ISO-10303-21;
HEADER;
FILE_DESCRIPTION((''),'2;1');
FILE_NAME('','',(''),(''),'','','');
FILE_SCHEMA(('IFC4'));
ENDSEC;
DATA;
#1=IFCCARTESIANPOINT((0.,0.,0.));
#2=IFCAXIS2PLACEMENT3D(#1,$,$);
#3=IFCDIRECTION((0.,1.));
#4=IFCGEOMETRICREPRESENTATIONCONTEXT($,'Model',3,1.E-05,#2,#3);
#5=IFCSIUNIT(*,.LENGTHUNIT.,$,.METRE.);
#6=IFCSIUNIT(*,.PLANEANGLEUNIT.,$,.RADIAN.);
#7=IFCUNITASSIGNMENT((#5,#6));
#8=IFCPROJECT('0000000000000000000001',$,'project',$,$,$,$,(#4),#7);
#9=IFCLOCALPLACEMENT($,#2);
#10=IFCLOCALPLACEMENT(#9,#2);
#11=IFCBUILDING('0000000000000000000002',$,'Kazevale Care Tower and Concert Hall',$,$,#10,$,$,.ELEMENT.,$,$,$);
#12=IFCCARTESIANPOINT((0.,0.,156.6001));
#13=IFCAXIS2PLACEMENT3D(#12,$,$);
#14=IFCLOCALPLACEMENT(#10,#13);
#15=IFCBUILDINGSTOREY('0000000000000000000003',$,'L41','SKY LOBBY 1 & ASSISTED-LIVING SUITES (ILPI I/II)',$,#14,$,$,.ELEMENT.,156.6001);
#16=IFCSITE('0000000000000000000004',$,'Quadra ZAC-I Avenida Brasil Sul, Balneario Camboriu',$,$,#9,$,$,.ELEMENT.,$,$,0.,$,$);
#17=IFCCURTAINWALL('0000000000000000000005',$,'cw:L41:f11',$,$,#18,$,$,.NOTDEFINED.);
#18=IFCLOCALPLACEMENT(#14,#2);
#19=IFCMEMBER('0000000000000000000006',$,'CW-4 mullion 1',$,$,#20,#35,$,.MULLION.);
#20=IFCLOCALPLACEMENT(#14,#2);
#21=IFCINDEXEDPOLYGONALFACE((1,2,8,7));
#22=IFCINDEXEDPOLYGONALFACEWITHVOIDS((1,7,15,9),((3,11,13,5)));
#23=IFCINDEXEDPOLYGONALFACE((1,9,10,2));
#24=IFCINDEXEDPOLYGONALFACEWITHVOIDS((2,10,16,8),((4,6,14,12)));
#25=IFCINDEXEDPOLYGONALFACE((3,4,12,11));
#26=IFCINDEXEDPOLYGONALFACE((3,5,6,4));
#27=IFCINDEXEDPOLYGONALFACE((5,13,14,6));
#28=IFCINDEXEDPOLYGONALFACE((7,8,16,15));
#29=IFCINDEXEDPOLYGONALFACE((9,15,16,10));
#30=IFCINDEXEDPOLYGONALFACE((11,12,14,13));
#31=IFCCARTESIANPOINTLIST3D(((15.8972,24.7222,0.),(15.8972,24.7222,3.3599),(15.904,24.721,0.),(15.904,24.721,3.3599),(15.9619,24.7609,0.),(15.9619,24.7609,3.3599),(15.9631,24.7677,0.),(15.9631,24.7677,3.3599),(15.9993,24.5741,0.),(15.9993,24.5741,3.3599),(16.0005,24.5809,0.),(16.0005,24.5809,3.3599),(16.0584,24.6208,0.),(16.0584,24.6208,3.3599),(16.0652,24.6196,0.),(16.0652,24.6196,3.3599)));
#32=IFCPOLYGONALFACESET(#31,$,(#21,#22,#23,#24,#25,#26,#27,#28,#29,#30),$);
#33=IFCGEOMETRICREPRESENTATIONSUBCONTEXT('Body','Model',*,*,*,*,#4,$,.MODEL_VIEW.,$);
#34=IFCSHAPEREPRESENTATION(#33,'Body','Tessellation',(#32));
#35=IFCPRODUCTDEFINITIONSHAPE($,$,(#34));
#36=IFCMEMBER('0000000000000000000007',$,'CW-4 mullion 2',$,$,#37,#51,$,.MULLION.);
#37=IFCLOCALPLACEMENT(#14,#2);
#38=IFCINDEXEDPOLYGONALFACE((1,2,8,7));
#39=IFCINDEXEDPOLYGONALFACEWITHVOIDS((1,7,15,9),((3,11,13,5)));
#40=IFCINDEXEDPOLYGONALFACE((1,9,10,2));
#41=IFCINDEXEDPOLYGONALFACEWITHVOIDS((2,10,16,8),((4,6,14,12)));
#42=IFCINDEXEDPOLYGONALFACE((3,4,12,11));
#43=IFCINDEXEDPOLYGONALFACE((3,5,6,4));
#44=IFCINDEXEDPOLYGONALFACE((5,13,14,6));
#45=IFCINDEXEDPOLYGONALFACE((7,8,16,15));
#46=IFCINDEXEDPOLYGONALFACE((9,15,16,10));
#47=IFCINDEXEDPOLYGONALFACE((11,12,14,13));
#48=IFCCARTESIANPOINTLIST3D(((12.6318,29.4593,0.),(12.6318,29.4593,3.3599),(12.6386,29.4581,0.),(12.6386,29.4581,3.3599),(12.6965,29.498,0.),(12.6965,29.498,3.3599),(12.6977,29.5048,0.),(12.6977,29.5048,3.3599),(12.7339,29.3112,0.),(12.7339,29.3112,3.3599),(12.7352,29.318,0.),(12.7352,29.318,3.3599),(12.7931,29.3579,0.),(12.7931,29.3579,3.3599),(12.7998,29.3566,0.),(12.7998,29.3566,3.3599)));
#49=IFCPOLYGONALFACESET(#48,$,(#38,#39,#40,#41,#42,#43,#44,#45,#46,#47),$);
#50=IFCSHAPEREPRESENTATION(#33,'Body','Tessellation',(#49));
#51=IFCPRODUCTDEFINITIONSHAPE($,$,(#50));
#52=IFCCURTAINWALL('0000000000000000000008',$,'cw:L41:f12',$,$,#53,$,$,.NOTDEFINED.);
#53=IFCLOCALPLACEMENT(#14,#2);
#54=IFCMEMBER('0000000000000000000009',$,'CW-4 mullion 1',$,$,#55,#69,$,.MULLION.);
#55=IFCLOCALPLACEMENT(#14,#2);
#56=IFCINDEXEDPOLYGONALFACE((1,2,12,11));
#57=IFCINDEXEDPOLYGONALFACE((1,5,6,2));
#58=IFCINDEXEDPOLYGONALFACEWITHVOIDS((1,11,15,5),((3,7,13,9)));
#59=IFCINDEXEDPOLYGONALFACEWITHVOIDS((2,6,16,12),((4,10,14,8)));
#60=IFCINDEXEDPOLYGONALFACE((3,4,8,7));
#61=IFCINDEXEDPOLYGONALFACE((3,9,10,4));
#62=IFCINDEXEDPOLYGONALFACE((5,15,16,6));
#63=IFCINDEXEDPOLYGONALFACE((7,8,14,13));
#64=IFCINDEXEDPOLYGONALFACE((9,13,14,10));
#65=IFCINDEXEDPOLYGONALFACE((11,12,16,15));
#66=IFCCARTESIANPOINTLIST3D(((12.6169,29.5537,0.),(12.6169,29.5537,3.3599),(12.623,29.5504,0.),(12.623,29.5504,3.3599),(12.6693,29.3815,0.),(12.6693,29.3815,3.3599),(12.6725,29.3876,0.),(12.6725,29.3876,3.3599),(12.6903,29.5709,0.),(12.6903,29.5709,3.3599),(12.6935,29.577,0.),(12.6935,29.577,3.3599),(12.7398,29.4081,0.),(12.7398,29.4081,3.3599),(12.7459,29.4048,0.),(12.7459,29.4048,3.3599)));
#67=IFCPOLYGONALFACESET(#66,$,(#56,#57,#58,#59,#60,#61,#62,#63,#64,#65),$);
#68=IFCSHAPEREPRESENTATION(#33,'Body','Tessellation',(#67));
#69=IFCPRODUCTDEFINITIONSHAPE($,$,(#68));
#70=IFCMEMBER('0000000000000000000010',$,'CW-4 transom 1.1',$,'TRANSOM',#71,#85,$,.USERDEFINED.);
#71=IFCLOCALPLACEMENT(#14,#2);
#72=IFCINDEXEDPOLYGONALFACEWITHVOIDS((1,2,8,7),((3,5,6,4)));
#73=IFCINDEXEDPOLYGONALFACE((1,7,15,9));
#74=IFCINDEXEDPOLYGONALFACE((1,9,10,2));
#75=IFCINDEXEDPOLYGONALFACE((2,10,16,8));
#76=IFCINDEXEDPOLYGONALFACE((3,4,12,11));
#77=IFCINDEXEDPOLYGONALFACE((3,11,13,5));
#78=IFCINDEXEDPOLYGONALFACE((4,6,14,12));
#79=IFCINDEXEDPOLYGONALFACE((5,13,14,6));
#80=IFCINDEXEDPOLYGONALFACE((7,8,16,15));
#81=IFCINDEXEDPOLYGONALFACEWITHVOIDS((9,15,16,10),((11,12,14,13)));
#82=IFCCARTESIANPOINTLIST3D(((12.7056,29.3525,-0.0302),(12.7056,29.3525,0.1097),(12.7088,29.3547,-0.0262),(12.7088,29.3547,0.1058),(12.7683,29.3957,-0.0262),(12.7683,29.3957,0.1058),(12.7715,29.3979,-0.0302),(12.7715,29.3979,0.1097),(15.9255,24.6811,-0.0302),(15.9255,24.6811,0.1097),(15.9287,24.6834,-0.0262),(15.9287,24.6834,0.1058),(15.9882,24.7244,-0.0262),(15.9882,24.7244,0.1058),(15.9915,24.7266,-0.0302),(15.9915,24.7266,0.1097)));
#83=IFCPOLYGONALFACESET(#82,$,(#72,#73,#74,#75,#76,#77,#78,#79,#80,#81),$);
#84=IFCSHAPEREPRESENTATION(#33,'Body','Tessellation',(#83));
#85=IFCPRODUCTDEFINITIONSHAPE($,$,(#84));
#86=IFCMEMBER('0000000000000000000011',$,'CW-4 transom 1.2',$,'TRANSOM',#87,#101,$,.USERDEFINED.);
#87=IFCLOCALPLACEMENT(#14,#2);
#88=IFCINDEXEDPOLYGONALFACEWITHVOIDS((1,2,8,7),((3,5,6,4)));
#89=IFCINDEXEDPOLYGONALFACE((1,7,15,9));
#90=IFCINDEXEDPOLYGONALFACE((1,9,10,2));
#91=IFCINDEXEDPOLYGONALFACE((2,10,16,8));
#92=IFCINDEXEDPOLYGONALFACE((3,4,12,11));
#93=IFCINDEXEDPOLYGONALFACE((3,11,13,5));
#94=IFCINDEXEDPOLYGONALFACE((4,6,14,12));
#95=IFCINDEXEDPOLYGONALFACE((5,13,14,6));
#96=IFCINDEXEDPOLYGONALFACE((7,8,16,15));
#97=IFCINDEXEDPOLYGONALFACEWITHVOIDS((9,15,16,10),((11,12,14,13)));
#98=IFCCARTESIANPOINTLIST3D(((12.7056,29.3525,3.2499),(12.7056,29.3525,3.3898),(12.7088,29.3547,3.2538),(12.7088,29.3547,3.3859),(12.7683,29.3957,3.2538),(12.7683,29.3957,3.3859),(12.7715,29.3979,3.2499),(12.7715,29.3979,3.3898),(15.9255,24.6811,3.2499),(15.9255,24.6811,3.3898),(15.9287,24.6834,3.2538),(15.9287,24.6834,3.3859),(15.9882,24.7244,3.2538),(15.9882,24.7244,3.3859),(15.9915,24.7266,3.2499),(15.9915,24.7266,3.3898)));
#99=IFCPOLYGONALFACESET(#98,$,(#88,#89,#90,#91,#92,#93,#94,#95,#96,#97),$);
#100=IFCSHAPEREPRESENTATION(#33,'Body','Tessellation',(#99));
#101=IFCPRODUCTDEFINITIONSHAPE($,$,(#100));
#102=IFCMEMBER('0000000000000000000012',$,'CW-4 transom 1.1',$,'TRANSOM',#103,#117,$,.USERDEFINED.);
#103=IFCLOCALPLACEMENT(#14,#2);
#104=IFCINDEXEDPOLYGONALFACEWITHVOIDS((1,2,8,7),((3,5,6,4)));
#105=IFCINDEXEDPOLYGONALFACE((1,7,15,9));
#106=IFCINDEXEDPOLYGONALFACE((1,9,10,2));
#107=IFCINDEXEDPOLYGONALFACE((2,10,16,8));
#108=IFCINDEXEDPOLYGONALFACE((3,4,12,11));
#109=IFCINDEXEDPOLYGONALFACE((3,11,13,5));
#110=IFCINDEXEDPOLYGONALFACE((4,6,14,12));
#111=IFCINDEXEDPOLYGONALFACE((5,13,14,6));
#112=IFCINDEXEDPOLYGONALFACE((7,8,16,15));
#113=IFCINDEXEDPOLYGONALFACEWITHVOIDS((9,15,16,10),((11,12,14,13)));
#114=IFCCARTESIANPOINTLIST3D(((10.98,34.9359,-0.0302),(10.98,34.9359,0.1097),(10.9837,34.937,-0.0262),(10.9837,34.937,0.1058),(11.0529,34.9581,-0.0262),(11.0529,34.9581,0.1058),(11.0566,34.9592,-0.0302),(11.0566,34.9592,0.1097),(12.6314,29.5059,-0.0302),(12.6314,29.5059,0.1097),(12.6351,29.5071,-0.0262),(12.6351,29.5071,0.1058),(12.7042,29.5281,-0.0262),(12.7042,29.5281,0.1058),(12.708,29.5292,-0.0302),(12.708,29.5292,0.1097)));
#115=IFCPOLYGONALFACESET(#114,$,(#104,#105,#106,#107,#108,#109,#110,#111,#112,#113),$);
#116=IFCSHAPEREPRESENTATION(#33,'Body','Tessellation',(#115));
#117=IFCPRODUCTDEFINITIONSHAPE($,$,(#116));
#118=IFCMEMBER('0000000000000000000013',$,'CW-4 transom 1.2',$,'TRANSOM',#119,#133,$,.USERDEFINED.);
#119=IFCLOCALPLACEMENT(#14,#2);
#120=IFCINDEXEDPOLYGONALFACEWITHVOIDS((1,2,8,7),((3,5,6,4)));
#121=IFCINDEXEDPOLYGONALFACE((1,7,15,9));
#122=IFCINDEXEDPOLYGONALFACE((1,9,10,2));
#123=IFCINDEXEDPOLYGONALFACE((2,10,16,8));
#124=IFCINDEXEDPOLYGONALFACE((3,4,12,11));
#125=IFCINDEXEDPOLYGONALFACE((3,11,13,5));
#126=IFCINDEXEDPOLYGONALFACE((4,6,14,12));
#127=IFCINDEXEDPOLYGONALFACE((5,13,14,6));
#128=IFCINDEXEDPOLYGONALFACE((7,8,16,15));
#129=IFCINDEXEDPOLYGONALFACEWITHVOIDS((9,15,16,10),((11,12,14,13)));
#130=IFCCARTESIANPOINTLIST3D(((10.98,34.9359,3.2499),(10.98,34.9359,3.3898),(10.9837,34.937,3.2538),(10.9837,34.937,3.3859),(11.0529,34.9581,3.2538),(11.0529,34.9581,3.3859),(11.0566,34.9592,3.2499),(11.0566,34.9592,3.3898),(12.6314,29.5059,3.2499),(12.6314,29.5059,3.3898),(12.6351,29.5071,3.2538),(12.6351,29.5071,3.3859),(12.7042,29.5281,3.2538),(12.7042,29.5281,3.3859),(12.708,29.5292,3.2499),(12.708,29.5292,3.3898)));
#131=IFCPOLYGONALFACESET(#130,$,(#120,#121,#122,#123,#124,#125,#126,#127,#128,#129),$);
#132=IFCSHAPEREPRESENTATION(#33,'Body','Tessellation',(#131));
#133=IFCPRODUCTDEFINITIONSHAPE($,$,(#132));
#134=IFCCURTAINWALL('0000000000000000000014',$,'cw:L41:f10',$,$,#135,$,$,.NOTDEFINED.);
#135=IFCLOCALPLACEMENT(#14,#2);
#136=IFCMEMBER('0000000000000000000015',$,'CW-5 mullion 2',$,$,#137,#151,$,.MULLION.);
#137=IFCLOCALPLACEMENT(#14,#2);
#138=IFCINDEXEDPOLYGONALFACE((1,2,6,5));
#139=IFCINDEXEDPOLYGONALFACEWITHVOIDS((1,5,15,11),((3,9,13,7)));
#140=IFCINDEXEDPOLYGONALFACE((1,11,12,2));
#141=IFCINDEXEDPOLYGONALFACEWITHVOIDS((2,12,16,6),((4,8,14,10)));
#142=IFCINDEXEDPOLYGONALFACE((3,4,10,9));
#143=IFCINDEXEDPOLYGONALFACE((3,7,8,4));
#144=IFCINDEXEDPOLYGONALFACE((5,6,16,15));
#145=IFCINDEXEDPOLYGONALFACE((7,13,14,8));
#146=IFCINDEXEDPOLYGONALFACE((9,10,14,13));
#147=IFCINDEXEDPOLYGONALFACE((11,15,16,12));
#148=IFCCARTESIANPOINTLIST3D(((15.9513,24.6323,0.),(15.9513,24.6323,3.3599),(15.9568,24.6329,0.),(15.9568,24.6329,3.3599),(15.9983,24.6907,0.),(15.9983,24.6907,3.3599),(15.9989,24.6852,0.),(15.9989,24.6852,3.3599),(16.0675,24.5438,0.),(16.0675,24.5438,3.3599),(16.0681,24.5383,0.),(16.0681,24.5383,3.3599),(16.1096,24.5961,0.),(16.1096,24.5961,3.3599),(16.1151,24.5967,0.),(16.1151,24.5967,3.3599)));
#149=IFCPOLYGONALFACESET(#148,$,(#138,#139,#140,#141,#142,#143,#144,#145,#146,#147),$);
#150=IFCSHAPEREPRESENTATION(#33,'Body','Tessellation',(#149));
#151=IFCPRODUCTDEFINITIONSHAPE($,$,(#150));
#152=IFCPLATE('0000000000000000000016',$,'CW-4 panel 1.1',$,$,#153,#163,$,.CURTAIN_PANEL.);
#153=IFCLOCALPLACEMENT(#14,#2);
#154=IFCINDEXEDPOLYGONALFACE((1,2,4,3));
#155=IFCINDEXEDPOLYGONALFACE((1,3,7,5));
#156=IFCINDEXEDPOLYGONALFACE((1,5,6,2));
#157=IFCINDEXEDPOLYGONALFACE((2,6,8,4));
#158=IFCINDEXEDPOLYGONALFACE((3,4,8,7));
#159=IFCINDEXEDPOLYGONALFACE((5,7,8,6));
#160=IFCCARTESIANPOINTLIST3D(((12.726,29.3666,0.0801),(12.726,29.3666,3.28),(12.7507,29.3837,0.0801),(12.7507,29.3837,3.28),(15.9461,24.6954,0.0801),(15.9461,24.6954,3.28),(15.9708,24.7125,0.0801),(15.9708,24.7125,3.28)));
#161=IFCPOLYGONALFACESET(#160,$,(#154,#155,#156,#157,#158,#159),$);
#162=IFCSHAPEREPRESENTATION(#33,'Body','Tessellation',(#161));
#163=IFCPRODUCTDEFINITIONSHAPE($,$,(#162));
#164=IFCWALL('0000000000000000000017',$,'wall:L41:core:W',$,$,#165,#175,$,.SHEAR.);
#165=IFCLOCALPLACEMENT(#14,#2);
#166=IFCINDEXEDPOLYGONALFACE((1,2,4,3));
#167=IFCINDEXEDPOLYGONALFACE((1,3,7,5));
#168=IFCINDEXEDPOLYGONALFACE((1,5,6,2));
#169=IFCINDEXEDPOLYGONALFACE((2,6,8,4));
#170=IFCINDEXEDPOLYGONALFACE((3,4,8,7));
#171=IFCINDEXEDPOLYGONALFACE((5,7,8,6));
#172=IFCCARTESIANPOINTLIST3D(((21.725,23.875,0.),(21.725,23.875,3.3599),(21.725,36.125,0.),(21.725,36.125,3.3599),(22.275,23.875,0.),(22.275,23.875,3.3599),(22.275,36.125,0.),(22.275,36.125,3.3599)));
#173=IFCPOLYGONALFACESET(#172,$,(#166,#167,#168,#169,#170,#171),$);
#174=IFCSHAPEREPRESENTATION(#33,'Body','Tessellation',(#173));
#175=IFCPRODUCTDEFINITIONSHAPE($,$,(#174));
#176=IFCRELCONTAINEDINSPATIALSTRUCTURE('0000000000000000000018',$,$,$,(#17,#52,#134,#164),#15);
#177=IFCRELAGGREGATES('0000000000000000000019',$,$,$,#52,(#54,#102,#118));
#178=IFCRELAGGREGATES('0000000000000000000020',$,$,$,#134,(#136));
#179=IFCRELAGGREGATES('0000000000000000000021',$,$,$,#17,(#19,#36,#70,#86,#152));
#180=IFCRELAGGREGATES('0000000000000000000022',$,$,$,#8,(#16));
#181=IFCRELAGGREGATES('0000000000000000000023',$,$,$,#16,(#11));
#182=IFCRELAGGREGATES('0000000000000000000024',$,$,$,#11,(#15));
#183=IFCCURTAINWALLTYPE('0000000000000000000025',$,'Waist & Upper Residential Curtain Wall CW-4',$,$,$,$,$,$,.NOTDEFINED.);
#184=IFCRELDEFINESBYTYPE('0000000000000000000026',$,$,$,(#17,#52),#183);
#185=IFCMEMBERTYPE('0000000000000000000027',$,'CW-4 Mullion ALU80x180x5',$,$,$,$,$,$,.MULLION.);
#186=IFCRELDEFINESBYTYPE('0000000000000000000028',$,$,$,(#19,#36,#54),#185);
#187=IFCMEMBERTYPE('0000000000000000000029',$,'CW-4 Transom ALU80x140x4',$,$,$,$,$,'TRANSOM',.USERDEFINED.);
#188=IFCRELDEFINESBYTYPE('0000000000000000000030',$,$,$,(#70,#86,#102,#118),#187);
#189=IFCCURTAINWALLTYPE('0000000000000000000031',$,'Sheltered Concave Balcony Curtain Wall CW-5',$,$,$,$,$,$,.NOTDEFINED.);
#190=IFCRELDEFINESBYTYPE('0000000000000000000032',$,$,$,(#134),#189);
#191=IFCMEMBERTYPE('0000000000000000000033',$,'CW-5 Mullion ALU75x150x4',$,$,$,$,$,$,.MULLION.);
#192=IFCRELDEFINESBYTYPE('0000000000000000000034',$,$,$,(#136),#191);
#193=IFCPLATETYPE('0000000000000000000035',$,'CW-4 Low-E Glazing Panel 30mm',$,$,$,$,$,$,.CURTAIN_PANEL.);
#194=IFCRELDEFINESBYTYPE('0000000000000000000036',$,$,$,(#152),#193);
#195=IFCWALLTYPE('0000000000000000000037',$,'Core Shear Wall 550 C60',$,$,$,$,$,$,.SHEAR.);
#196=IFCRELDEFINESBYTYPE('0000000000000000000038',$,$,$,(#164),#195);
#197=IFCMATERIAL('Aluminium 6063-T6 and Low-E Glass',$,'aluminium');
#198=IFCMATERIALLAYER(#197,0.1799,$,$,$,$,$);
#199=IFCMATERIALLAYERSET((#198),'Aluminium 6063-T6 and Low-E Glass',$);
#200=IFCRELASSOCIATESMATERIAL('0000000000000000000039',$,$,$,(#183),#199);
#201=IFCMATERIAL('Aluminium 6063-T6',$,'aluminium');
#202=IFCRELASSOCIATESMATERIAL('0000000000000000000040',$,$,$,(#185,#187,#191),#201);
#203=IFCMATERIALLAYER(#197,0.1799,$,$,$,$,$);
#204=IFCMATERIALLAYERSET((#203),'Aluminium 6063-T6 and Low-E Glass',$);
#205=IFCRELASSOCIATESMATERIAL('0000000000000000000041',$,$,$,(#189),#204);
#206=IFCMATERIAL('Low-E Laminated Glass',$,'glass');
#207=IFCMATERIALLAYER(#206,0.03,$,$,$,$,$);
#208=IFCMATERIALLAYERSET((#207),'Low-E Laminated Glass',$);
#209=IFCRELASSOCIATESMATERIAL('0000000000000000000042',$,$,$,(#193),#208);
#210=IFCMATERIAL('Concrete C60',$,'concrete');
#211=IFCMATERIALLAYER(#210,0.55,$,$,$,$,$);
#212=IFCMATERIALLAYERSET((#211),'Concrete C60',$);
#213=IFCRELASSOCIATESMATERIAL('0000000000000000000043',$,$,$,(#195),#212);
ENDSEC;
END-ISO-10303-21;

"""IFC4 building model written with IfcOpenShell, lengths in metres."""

from ifc_helpers import new_model, si_unit, direction, frame, frame_2d, origin, origin_2d, place, context, subcontext, project, spatial, rectangle, hollow_rectangle, extrude, material, layer, layer_set, material_profile, profile_set, type_object, element, aggregate, save


model = new_model("IFC4")

# Units and contexts
model_context = context("Model", 3, precision=1e-05, world=origin(), true_north=direction((0.0, 1.0)))
body_context = subcontext(model_context, "Body", "Model", "MODEL_VIEW")
ifc_project = project(units=[si_unit("LENGTHUNIT", "METRE"), si_unit("PLANEANGLEUNIT", "RADIAN")], contexts=[model_context])

# Site, building, storey
site_placement = place(None, origin())
site = spatial("IfcSite", under=ifc_project, at=site_placement, Name="Quadra ZAC-I Avenida Brasil Sul, Balneario Camboriu", CompositionType="ELEMENT", RefElevation=0.0)
building_placement = place(site_placement, origin())
building = spatial("IfcBuilding", under=site, at=building_placement, Name="Kazevale Care Tower and Concert Hall", CompositionType="ELEMENT")
storey_placement = place(building_placement, frame((0.0, 0.0, 156.6001)))
storey = spatial("IfcBuildingStorey", under=building, at=storey_placement, Name="L41", Description="SKY LOBBY 1 & ASSISTED-LIVING SUITES (ILPI I/II)", CompositionType="ELEMENT", Elevation=156.6001)

# Curtain wall, members
ifc_material_1 = material(Name="Aluminium 6063-T6 and Low-E Glass", Category="aluminium")
ifc_layer_1 = layer(ifc_material_1, 0.1799)
ifc_layer_set_1 = layer_set([ifc_layer_1], Name="Aluminium 6063-T6 and Low-E Glass")
curtain_wall_type_1 = type_object("IfcCurtainWallType", Name="Waist & Upper Residential Curtain Wall CW-4", PredefinedType="NOTDEFINED", material=ifc_layer_set_1)
curtain_wall_1_placement = place(storey_placement, origin())
curtain_wall_1 = element("IfcCurtainWall", 1, at=curtain_wall_1_placement, inside=storey, type_object=curtain_wall_type_1, Name="cw:L41:f11", PredefinedType="NOTDEFINED")
ifc_material_2 = material(Name="Aluminium 6063-T6", Category="aluminium")
ifc_material_profile_1 = material_profile(ifc_material_2, hollow_rectangle(XDim=0.0801, YDim=0.1799, WallThickness=0.0049, at=origin_2d()), Name="ALU80x180x5")
ifc_profile_set_1 = profile_set([ifc_material_profile_1], Name="Aluminium 6063-T6")
member_type_1 = type_object("IfcMemberType", Name="CW-4 Mullion ALU80x180x5", PredefinedType="MULLION", material=ifc_profile_set_1)
member_1_placement = place(storey_placement, frame((15.9812, 24.6709, 0.0), z_axis=(0.0, 0.0, 1.0), x_axis=(-0.823326, -0.567569, 0.0)))
member_1 = element("IfcMember", 2, at=member_1_placement, type_object=member_type_1, Name="CW-4 mullion 1", PredefinedType="MULLION", context=body_context, shape_type="SweptSolid", body=[
    extrude(hollow_rectangle(XDim=0.0801, YDim=0.1799, WallThickness=0.0049, at=origin_2d()), origin(), (0.0, 0.0, 1.0), 3.3599),
])
member_2_placement = place(storey_placement, frame((12.7158, 29.408, 0.0), z_axis=(0.0, 0.0, 1.0), x_axis=(-0.823326, -0.567569, 0.0)))
member_2 = element("IfcMember", 3, at=member_2_placement, type_object=member_type_1, Name="CW-4 mullion 2", PredefinedType="MULLION", context=body_context, shape_type="SweptSolid", body=[
    extrude(hollow_rectangle(XDim=0.0801, YDim=0.1799, WallThickness=0.0049, at=origin_2d()), origin(), (0.0, 0.0, 1.0), 3.3599),
])

# Curtain wall, member
curtain_wall_2_placement = place(storey_placement, origin())
curtain_wall_2 = element("IfcCurtainWall", 4, at=curtain_wall_2_placement, inside=storey, type_object=curtain_wall_type_1, Name="cw:L41:f12", PredefinedType="NOTDEFINED")
member_3_placement = place(storey_placement, frame((12.6814, 29.4792, 0.0), z_axis=(0.0, 0.0, 1.0), x_axis=(-0.95673, -0.290977, 0.0)))
member_3 = element("IfcMember", 5, at=member_3_placement, type_object=member_type_1, Name="CW-4 mullion 1", PredefinedType="MULLION", context=body_context, shape_type="SweptSolid", body=[
    extrude(hollow_rectangle(XDim=0.0801, YDim=0.1799, WallThickness=0.0049, at=origin_2d()), origin(), (0.0, 0.0, 1.0), 3.3599),
])

# Members
ifc_material_profile_2 = material_profile(ifc_material_2, hollow_rectangle(XDim=0.0801, YDim=0.1399, WallThickness=0.0039, at=origin_2d()), Name="ALU80x140x4")
ifc_profile_set_2 = profile_set([ifc_material_profile_2], Name="Aluminium 6063-T6")
member_type_2 = type_object("IfcMemberType", Name="CW-4 Transom ALU80x140x4", ElementType="TRANSOM", PredefinedType="USERDEFINED", material=ifc_profile_set_2)
member_4_placement = place(storey_placement, frame((15.9585, 24.7039, 0.0398), z_axis=(-0.567533, 0.823351, 0.0), x_axis=(-0.823351, -0.567533, 0.0)))
member_4 = element("IfcMember", 6, at=member_4_placement, type_object=member_type_2, Name="CW-4 transom 1.1", ObjectType="TRANSOM", PredefinedType="USERDEFINED", context=body_context, shape_type="SweptSolid", body=[
    extrude(hollow_rectangle(XDim=0.0801, YDim=0.1399, WallThickness=0.0039, at=origin_2d()), origin(), (0.0, 0.0, 1.0), 5.6736),
])
member_5_placement = place(storey_placement, frame((15.9585, 24.7039, 3.3198), z_axis=(-0.567533, 0.823351, 0.0), x_axis=(-0.823351, -0.567533, 0.0)))
member_5 = element("IfcMember", 7, at=member_5_placement, type_object=member_type_2, Name="CW-4 transom 1.2", ObjectType="TRANSOM", PredefinedType="USERDEFINED", context=body_context, shape_type="SweptSolid", body=[
    extrude(hollow_rectangle(XDim=0.0801, YDim=0.1399, WallThickness=0.0039, at=origin_2d()), origin(), (0.0, 0.0, 1.0), 5.6736),
])
member_6_placement = place(storey_placement, frame((12.6697, 29.5176, 0.0398), z_axis=(-0.290965, 0.956734, 0.0), x_axis=(-0.956734, -0.290965, 0.0)))
member_6 = element("IfcMember", 8, at=member_6_placement, type_object=member_type_2, Name="CW-4 transom 1.1", ObjectType="TRANSOM", PredefinedType="USERDEFINED", context=body_context, shape_type="SweptSolid", body=[
    extrude(hollow_rectangle(XDim=0.0801, YDim=0.1399, WallThickness=0.0039, at=origin_2d()), origin(), (0.0, 0.0, 1.0), 5.6755),
])
member_7_placement = place(storey_placement, frame((12.6697, 29.5176, 3.3198), z_axis=(-0.290965, 0.956734, 0.0), x_axis=(-0.956734, -0.290965, 0.0)))
member_7 = element("IfcMember", 9, at=member_7_placement, type_object=member_type_2, Name="CW-4 transom 1.2", ObjectType="TRANSOM", PredefinedType="USERDEFINED", context=body_context, shape_type="SweptSolid", body=[
    extrude(hollow_rectangle(XDim=0.0801, YDim=0.1399, WallThickness=0.0039, at=origin_2d()), origin(), (0.0, 0.0, 1.0), 5.6755),
])
aggregate(curtain_wall_2, [member_3, member_6, member_7])

# Curtain wall, member
ifc_layer_2 = layer(ifc_material_1, 0.1799)
ifc_layer_set_2 = layer_set([ifc_layer_2], Name="Aluminium 6063-T6 and Low-E Glass")
curtain_wall_type_2 = type_object("IfcCurtainWallType", Name="Sheltered Concave Balcony Curtain Wall CW-5", PredefinedType="NOTDEFINED", material=ifc_layer_set_2)
curtain_wall_3_placement = place(storey_placement, origin())
curtain_wall_3 = element("IfcCurtainWall", 10, at=curtain_wall_3_placement, inside=storey, type_object=curtain_wall_type_2, Name="cw:L41:f10", PredefinedType="NOTDEFINED")
ifc_material_profile_3 = material_profile(ifc_material_2, hollow_rectangle(XDim=0.075, YDim=0.1499, WallThickness=0.0039, at=origin_2d()), Name="ALU75x150x4")
ifc_profile_set_3 = profile_set([ifc_material_profile_3], Name="Aluminium 6063-T6")
member_type_3 = type_object("IfcMemberType", Name="CW-5 Mullion ALU75x150x4", PredefinedType="MULLION", material=ifc_profile_set_3)
member_8_placement = place(storey_placement, frame((16.0332, 24.6145, 0.0), z_axis=(0.0, 0.0, 1.0), x_axis=(-0.626905, -0.779095, 0.0)))
member_8 = element("IfcMember", 11, at=member_8_placement, type_object=member_type_3, Name="CW-5 mullion 2", PredefinedType="MULLION", context=body_context, shape_type="SweptSolid", body=[
    extrude(hollow_rectangle(XDim=0.075, YDim=0.1499, WallThickness=0.0039, at=origin_2d()), origin(), (0.0, 0.0, 1.0), 3.3599),
])
aggregate(curtain_wall_3, [member_8])

# Plate
ifc_material_3 = material(Name="Low-E Laminated Glass", Category="glass")
ifc_layer_3 = layer(ifc_material_3, 0.03)
ifc_layer_set_3 = layer_set([ifc_layer_3], Name="Low-E Laminated Glass")
plate_type = type_object("IfcPlateType", Name="CW-4 Low-E Glazing Panel 30mm", PredefinedType="CURTAIN_PANEL", material=ifc_layer_set_3)
plate_placement = place(storey_placement, frame((14.3484, 27.0396, 0.0801), z_axis=(0.0, 0.0, 1.0), x_axis=(-0.567569, 0.823326, 0.0)))
plate = element("IfcPlate", 12, at=plate_placement, type_object=plate_type, Name="CW-4 panel 1.1", PredefinedType="CURTAIN_PANEL", context=body_context, shape_type="SweptSolid", body=[
    extrude(rectangle(XDim=5.6736, YDim=0.03, at=origin_2d()), origin(), (0.0, 0.0, 1.0), 3.2),
])
aggregate(curtain_wall_1, [member_1, member_2, member_4, member_5, plate])

# Wall
ifc_material_4 = material(Name="Concrete C60", Category="concrete")
ifc_layer_4 = layer(ifc_material_4, 0.55)
ifc_layer_set_4 = layer_set([ifc_layer_4], Name="Concrete C60")
wall_type_1 = type_object("IfcWallType", Name="Core Shear Wall 550 C60", PredefinedType="SHEAR", material=ifc_layer_set_4)
wall_1_placement = place(storey_placement, frame((22.0, 23.875, 0.0), z_axis=(0.0, 0.0, 1.0), x_axis=(0.0, 1.0, 0.0)))
element("IfcWall", 13, at=wall_1_placement, inside=storey, type_object=wall_type_1, Name="wall:L41:core:W", PredefinedType="SHEAR", context=body_context, shape_type="SweptSolid", body=[
    extrude(rectangle(XDim=12.25, YDim=0.55, at=frame_2d((6.125, 0.0))), origin(), (0.0, 0.0, 1.0), 3.3599),
])

save(model, "model.ifc")
